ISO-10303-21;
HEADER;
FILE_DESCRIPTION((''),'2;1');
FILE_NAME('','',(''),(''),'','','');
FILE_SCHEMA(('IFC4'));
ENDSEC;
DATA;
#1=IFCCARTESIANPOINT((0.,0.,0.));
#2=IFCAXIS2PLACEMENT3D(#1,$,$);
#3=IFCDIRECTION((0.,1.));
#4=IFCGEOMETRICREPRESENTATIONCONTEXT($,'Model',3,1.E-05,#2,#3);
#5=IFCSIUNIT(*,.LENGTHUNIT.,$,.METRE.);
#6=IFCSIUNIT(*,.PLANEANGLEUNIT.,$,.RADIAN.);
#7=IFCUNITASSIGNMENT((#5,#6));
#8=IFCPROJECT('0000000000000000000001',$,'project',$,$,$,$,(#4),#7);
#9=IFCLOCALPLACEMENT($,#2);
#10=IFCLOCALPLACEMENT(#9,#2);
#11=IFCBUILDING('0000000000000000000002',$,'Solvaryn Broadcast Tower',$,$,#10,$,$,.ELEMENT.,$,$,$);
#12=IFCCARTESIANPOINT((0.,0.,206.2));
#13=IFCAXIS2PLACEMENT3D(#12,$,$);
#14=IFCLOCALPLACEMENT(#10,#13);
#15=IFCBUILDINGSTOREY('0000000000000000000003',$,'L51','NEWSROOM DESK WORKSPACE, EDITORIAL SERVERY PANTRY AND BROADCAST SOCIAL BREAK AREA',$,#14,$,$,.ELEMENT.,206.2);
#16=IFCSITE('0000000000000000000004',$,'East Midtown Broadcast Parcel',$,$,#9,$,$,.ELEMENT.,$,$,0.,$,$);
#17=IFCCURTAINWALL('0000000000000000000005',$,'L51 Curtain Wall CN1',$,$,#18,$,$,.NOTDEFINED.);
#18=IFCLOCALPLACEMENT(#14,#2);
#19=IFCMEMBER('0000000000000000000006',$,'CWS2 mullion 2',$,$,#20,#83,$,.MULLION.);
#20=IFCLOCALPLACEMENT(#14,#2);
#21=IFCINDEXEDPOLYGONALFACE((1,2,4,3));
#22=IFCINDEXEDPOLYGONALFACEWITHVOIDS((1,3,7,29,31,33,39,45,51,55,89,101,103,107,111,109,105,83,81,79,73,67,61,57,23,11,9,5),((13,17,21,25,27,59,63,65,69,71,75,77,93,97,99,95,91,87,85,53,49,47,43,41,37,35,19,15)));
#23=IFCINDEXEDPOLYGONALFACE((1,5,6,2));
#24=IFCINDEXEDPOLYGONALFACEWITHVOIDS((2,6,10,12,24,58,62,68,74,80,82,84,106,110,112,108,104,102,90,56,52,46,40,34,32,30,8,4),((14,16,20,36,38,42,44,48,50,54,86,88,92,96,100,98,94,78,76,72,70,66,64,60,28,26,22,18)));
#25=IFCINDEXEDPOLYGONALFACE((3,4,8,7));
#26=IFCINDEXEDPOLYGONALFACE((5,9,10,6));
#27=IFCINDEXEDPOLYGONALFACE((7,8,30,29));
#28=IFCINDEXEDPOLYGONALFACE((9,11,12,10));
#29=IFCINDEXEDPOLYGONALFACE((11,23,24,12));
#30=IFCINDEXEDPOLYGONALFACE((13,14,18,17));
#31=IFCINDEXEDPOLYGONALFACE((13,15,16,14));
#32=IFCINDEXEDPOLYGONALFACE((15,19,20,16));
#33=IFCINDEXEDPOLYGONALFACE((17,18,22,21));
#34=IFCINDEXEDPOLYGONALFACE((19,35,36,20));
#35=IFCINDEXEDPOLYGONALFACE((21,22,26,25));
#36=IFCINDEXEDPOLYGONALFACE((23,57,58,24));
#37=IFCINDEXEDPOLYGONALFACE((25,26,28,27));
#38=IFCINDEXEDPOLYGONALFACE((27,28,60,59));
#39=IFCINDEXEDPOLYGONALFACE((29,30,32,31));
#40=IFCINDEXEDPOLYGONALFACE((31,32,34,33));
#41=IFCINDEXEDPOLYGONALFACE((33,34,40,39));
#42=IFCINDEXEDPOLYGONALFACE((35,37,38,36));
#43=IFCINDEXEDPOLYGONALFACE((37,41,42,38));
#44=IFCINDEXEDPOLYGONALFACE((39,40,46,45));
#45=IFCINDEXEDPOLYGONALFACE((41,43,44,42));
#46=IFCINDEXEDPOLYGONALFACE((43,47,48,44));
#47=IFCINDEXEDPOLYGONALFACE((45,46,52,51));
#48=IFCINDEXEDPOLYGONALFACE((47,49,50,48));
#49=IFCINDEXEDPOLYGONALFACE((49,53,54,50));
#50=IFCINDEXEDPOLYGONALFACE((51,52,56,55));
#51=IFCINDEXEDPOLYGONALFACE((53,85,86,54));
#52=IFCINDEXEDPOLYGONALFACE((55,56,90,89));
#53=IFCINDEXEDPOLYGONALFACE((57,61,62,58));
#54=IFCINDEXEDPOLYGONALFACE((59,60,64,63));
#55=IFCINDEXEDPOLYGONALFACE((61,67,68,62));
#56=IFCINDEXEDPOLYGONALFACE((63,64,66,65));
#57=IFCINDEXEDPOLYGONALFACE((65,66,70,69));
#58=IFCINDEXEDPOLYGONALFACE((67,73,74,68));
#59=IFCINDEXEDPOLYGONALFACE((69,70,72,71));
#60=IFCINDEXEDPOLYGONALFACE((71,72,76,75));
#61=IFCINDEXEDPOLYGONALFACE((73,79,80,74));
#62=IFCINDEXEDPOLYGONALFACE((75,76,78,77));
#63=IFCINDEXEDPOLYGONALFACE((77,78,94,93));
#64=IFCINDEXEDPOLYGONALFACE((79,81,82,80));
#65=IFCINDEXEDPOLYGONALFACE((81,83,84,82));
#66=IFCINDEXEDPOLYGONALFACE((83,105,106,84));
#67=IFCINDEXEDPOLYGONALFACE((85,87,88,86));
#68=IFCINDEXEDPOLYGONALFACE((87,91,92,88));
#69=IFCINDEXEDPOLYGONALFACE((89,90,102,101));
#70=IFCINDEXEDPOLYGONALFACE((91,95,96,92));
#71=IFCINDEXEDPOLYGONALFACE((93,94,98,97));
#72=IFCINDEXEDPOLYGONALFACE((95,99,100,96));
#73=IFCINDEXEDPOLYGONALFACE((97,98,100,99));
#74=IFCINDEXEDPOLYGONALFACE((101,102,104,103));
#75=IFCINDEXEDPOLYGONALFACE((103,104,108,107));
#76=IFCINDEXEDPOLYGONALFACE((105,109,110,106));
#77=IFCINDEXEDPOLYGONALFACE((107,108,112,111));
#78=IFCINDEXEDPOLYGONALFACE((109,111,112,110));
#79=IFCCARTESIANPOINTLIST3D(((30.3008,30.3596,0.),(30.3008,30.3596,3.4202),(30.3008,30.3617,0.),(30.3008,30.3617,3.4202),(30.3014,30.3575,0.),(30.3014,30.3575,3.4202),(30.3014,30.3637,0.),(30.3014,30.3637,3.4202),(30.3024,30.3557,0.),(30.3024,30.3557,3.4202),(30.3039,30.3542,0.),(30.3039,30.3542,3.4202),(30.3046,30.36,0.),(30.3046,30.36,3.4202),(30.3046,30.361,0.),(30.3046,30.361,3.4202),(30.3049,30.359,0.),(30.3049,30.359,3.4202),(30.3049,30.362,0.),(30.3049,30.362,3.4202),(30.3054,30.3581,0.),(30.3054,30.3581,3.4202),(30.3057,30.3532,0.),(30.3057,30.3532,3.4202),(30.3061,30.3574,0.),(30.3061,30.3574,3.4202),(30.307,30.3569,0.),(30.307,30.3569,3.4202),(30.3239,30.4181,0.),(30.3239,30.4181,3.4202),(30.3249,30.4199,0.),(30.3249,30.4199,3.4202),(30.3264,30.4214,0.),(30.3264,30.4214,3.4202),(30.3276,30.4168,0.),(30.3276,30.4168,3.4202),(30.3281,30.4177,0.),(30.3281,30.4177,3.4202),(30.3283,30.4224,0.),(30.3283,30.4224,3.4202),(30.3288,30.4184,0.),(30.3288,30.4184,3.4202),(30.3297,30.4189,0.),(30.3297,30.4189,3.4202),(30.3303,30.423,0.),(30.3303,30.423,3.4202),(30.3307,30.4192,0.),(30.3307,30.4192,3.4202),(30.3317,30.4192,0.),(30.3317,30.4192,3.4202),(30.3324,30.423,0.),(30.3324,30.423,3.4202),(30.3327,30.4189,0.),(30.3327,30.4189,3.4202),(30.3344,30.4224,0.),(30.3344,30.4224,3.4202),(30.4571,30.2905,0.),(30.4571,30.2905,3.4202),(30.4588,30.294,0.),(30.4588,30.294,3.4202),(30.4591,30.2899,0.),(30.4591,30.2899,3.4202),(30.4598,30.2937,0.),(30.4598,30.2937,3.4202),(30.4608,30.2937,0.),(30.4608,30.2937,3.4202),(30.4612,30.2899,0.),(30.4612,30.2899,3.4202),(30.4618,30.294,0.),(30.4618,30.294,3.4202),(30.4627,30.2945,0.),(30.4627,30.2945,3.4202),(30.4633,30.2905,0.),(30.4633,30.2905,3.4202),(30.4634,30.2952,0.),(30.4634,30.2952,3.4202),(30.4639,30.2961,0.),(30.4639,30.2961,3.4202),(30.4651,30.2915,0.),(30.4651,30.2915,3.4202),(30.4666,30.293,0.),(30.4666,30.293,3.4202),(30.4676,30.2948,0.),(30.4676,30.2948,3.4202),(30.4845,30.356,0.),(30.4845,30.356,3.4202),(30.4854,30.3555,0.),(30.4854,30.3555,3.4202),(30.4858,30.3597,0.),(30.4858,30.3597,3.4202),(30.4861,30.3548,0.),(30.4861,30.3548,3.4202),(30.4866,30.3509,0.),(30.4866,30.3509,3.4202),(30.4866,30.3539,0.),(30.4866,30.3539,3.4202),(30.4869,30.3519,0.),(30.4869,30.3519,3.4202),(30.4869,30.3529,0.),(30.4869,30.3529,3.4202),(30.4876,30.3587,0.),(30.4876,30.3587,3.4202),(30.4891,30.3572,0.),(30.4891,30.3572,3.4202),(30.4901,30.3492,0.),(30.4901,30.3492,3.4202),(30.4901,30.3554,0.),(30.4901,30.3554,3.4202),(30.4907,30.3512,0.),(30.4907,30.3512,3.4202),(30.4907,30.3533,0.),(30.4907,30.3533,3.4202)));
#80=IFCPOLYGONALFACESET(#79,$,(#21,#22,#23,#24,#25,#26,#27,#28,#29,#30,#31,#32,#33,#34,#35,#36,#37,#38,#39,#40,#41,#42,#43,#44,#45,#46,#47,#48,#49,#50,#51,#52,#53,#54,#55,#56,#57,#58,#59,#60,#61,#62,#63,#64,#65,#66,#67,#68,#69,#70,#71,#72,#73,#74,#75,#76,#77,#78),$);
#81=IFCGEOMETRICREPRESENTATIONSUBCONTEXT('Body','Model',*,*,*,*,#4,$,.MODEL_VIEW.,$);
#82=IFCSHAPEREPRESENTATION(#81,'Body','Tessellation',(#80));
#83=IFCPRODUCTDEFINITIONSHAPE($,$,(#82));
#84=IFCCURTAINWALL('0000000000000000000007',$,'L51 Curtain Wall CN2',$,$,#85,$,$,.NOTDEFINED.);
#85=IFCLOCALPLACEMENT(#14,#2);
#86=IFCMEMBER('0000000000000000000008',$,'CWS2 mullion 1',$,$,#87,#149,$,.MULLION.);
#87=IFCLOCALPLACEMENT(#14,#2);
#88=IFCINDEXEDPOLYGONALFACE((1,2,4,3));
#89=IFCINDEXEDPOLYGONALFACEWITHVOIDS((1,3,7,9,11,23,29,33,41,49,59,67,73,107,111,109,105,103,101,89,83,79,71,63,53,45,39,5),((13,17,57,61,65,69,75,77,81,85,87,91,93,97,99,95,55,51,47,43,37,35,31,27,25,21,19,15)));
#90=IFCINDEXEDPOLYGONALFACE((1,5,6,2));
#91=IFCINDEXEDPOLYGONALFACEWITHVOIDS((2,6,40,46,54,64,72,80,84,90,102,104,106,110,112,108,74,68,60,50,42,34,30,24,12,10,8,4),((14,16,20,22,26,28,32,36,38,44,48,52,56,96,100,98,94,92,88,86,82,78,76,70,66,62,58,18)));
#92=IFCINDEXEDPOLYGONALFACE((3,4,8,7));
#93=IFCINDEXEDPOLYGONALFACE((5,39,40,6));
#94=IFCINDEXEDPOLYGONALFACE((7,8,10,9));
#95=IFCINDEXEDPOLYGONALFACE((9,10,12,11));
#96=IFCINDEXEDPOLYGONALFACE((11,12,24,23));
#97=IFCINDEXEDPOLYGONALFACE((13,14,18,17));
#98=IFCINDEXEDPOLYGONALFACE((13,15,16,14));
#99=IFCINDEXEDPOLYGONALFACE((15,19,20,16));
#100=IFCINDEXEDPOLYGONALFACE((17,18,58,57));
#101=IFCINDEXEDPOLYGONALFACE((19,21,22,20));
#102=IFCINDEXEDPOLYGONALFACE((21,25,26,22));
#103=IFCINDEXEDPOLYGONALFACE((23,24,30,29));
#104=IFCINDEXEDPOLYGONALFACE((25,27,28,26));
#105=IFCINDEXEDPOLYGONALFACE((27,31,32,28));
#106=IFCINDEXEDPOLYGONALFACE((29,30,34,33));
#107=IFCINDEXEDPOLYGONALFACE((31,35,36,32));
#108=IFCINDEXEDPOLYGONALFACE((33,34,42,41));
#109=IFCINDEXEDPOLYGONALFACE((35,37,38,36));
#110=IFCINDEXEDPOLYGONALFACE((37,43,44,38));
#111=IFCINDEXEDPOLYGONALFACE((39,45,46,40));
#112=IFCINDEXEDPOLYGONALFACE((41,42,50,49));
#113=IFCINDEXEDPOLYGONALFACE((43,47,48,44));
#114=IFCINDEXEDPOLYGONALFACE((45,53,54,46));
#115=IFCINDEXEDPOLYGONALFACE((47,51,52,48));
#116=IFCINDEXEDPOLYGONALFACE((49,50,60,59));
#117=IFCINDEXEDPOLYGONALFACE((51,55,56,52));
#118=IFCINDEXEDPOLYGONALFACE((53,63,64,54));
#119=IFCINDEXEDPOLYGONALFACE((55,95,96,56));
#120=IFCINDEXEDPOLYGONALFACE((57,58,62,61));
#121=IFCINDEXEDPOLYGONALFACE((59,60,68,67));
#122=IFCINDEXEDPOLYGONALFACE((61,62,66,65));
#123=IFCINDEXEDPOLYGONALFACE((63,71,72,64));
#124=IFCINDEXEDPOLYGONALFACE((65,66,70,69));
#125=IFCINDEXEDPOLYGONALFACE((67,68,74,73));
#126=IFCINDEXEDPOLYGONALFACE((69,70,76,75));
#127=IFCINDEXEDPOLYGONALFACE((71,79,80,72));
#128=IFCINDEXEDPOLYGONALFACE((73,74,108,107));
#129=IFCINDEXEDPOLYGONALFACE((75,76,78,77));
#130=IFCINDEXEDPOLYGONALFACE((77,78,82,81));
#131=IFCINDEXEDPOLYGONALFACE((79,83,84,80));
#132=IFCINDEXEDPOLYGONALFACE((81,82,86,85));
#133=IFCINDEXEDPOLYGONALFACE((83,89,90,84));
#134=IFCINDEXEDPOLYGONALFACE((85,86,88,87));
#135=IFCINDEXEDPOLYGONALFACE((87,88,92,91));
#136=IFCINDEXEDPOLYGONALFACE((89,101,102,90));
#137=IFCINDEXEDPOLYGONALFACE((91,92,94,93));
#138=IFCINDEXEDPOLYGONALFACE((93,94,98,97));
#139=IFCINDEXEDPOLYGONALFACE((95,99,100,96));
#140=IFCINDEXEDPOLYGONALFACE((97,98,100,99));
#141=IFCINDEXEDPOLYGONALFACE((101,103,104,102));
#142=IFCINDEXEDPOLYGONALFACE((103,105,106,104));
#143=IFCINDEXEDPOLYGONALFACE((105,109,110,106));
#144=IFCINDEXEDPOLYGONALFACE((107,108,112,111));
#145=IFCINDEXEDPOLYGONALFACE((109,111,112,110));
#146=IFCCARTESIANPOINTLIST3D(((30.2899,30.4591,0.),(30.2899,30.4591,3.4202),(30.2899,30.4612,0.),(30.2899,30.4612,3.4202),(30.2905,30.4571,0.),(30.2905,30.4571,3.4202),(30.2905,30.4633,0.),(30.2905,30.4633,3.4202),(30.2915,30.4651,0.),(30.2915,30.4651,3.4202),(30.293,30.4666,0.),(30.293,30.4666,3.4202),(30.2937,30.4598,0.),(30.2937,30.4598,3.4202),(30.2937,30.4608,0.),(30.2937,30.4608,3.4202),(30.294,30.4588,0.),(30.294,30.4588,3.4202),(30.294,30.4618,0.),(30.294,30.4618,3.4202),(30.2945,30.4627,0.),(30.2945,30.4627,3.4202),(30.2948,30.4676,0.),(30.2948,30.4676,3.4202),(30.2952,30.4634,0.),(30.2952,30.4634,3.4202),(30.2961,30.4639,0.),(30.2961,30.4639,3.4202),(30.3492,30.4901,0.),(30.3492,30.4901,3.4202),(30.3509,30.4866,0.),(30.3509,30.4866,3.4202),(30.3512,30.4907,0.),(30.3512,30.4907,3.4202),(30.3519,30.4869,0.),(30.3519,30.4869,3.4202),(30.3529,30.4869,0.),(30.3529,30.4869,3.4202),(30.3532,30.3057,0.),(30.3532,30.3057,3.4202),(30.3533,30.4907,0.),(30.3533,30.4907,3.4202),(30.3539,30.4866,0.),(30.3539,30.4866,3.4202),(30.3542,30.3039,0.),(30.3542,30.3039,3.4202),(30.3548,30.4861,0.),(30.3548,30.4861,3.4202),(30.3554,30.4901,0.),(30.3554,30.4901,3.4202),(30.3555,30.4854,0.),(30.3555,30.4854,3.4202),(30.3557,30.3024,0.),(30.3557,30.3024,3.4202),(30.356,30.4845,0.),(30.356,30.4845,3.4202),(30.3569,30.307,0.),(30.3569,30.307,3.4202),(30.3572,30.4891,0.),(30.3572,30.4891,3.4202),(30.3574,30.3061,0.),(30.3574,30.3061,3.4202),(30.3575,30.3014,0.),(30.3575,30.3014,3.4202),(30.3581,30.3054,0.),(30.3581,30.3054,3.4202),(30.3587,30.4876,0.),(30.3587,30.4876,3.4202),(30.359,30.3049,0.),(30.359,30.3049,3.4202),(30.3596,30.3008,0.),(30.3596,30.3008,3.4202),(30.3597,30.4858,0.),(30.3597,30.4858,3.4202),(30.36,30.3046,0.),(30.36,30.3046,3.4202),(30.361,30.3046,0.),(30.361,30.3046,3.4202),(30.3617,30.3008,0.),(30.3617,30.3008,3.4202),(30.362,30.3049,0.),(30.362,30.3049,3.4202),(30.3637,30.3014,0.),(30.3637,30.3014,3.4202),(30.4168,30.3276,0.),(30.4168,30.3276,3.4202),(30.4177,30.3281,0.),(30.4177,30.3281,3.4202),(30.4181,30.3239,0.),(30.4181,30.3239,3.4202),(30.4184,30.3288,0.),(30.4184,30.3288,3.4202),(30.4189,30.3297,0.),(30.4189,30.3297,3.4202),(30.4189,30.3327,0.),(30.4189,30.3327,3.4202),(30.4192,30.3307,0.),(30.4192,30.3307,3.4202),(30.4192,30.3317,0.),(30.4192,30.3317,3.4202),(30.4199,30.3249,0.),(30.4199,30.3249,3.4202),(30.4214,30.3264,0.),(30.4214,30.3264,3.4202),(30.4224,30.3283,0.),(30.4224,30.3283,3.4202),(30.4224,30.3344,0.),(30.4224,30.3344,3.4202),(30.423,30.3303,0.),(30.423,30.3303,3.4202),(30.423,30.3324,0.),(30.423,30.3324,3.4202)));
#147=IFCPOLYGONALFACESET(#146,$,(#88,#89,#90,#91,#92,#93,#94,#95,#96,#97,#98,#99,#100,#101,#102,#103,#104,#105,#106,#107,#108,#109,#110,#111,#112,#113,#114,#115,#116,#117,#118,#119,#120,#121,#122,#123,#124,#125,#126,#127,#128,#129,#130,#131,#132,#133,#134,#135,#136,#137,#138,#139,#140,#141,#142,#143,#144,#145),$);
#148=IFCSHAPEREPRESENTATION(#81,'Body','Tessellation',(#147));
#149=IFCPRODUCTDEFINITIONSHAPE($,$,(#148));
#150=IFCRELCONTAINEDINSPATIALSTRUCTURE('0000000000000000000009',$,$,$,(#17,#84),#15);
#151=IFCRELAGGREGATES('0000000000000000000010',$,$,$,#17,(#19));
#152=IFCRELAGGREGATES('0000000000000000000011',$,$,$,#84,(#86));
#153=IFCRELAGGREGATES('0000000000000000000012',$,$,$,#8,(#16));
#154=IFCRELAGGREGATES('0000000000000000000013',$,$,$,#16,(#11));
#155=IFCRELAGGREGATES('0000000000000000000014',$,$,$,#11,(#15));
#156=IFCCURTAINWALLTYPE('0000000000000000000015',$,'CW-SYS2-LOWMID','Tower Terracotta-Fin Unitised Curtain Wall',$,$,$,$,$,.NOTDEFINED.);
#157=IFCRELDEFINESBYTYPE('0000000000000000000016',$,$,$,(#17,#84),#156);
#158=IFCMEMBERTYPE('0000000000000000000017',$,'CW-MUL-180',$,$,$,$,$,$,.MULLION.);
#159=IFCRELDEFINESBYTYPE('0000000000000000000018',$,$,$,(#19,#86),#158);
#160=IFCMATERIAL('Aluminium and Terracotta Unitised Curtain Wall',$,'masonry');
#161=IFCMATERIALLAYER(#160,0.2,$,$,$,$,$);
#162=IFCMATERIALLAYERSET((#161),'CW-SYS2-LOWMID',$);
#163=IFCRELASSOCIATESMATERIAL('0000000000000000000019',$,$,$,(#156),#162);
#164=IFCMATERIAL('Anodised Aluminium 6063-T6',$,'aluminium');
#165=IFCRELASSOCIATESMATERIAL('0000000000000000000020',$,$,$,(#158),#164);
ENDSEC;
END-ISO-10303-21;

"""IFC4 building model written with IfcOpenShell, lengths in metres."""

from ifc_helpers import new_model, si_unit, direction, frame, origin, origin_2d, place, context, subcontext, project, spatial, hollow_rectangle, extrude, material, layer, layer_set, material_profile, profile_set, type_object, element, aggregate, save


model = new_model("IFC4")

# Units and contexts
model_context = context("Model", 3, precision=1e-05, world=origin(), true_north=direction((0.0, 1.0)))
body_context = subcontext(model_context, "Body", "Model", "MODEL_VIEW")
ifc_project = project(units=[si_unit("LENGTHUNIT", "METRE"), si_unit("PLANEANGLEUNIT", "RADIAN")], contexts=[model_context])

# Site, building, storey
site_placement = place(None, origin())
site = spatial("IfcSite", under=ifc_project, at=site_placement, Name="East Midtown Broadcast Parcel", CompositionType="ELEMENT", RefElevation=0.0)
building_placement = place(site_placement, origin())
building = spatial("IfcBuilding", under=site, at=building_placement, Name="Solvaryn Broadcast Tower", CompositionType="ELEMENT")
storey_placement = place(building_placement, frame((0.0, 0.0, 206.2)))
storey = spatial("IfcBuildingStorey", under=building, at=storey_placement, Name="L51", Description="NEWSROOM DESK WORKSPACE, EDITORIAL SERVERY PANTRY AND BROADCAST SOCIAL BREAK AREA", CompositionType="ELEMENT", Elevation=206.2)

# Curtain wall, member
ifc_material_1 = material(Name="Aluminium and Terracotta Unitised Curtain Wall", Category="masonry")
ifc_layer_1 = layer(ifc_material_1, 0.2)
ifc_layer_set_1 = layer_set([ifc_layer_1], Name="CW-SYS2-LOWMID")
curtain_wall_type = type_object("IfcCurtainWallType", Name="CW-SYS2-LOWMID", Description="Tower Terracotta-Fin Unitised Curtain Wall", PredefinedType="NOTDEFINED", material=ifc_layer_set_1)
curtain_wall_1_placement = place(storey_placement, origin())
curtain_wall_1 = element("IfcCurtainWall", 1, at=curtain_wall_1_placement, inside=storey, type_object=curtain_wall_type, Name="L51 Curtain Wall CN1", PredefinedType="NOTDEFINED")
ifc_material_2 = material(Name="Anodised Aluminium 6063-T6", Category="aluminium")
ifc_material_profile_1 = material_profile(ifc_material_2, hollow_rectangle(XDim=0.075, YDim=0.1799, WallThickness=0.0039, InnerFilletRadius=0.0039, OuterFilletRadius=0.0081, at=origin_2d()))
ifc_profile_set_1 = profile_set([ifc_material_profile_1], Name="Anodised Aluminium 6063-T6")
member_type_1 = type_object("IfcMemberType", Name="CW-MUL-180", PredefinedType="MULLION", material=ifc_profile_set_1)
member_1_placement = place(storey_placement, frame((30.3958, 30.3564, 0.0), z_axis=(0.0, 0.0, 1.0), x_axis=(-0.382646, -0.923895, 0.0)))
member_1 = element("IfcMember", 2, at=member_1_placement, type_object=member_type_1, Name="CWS2 mullion 2", PredefinedType="MULLION", context=body_context, shape_type="SweptSolid", body=[
    extrude(hollow_rectangle(XDim=0.075, YDim=0.1799, WallThickness=0.0039, InnerFilletRadius=0.0039, OuterFilletRadius=0.0081, at=origin_2d()), origin(), (0.0, 0.0, 1.0), 3.4202),
])

# Curtain wall, member
curtain_wall_2_placement = place(storey_placement, origin())
curtain_wall_2 = element("IfcCurtainWall", 3, at=curtain_wall_2_placement, inside=storey, type_object=curtain_wall_type, Name="L51 Curtain Wall CN2", PredefinedType="NOTDEFINED")
member_2_placement = place(storey_placement, frame((30.3564, 30.3958, 0.0), z_axis=(0.0, 0.0, 1.0), x_axis=(-0.923895, -0.382646, 0.0)))
member_2 = element("IfcMember", 4, at=member_2_placement, type_object=member_type_1, Name="CWS2 mullion 1", PredefinedType="MULLION", context=body_context, shape_type="SweptSolid", body=[
    extrude(hollow_rectangle(XDim=0.075, YDim=0.1799, WallThickness=0.0039, InnerFilletRadius=0.0039, OuterFilletRadius=0.0081, at=origin_2d()), origin(), (0.0, 0.0, 1.0), 3.4202),
])

aggregate(curtain_wall_1, [member_1])
aggregate(curtain_wall_2, [member_2])

save(model, "model.ifc")
